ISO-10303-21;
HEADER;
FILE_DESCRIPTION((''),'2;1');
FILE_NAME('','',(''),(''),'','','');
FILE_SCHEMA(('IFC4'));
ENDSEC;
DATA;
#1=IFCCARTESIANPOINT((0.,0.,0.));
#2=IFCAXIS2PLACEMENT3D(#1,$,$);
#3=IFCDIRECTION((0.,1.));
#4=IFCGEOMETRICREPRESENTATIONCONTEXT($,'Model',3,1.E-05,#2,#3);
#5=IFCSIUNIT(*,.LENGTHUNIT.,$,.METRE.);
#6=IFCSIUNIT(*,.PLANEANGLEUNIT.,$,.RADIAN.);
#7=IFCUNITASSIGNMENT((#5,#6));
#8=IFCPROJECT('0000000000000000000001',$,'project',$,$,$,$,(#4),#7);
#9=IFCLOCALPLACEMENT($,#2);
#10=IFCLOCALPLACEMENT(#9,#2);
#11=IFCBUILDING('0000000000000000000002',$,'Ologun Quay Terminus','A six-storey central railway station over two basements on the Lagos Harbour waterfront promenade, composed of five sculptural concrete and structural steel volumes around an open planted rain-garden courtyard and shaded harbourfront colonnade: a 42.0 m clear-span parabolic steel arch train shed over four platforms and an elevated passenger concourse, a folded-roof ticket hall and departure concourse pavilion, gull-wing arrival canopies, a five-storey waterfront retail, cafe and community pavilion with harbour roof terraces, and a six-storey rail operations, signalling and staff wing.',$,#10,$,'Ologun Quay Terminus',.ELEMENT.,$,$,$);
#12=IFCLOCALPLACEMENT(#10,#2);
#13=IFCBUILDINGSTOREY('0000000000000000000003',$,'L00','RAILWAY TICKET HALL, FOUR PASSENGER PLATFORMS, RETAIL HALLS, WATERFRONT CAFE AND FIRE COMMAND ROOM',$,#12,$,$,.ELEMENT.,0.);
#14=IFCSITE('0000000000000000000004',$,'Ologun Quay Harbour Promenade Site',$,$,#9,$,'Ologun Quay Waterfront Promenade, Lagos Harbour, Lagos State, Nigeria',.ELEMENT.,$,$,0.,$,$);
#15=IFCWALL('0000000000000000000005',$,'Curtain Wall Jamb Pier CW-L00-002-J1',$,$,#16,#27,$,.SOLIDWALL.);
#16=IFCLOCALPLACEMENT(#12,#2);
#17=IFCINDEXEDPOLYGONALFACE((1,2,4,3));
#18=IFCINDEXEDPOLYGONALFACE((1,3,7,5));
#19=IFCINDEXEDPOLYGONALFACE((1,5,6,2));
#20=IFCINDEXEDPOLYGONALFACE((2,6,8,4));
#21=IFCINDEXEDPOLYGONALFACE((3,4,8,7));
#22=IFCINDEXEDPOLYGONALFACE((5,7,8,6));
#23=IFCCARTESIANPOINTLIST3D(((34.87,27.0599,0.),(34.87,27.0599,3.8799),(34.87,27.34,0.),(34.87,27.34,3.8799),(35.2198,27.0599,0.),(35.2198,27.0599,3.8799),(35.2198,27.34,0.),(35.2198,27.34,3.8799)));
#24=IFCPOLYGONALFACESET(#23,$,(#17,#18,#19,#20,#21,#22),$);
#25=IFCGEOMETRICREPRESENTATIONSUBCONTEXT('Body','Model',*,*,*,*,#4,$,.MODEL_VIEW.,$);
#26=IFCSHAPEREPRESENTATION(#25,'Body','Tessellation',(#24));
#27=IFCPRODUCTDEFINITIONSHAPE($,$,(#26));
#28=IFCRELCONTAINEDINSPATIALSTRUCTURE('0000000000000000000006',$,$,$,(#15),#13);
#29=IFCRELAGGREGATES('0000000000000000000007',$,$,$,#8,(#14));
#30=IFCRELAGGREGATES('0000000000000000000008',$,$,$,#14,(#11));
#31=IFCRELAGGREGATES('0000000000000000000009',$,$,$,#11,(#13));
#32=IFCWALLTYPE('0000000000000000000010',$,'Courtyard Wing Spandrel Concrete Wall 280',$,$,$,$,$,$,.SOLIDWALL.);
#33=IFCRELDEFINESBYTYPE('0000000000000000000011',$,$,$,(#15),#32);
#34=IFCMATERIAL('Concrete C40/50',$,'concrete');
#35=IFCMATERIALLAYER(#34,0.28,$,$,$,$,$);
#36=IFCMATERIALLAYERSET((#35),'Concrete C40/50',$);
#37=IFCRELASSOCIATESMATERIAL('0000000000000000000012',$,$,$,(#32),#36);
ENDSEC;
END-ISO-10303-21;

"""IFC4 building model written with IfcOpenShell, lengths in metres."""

from ifc_helpers import new_model, si_unit, direction, frame, frame_2d, origin, place, context, subcontext, project, spatial, rectangle, extrude, material, layer, layer_set, type_object, element, save


model = new_model("IFC4")

# Units and contexts
model_context = context("Model", 3, precision=1e-05, world=origin(), true_north=direction((0.0, 1.0)))
body_context = subcontext(model_context, "Body", "Model", "MODEL_VIEW")
ifc_project = project(units=[si_unit("LENGTHUNIT", "METRE"), si_unit("PLANEANGLEUNIT", "RADIAN")], contexts=[model_context])

# Site, building, storey
site_placement = place(None, origin())
site = spatial("IfcSite", under=ifc_project, at=site_placement, Name="Ologun Quay Harbour Promenade Site", LongName="Ologun Quay Waterfront Promenade, Lagos Harbour, Lagos State, Nigeria", CompositionType="ELEMENT", RefElevation=0.0)
building_placement = place(site_placement, origin())
building = spatial("IfcBuilding", under=site, at=building_placement, Name="Ologun Quay Terminus", Description="A six-storey central railway station over two basements on the Lagos Harbour waterfront promenade, composed of five sculptural concrete and structural steel volumes around an open planted rain-garden courtyard and shaded harbourfront colonnade: a 42.0 m clear-span parabolic steel arch train shed over four platforms and an elevated passenger concourse, a folded-roof ticket hall and departure concourse pavilion, gull-wing arrival canopies, a five-storey waterfront retail, cafe and community pavilion with harbour roof terraces, and a six-storey rail operations, signalling and staff wing.", LongName="Ologun Quay Terminus", CompositionType="ELEMENT")
storey_placement = place(building_placement, origin())
storey = spatial("IfcBuildingStorey", under=building, at=storey_placement, Name="L00", Description="RAILWAY TICKET HALL, FOUR PASSENGER PLATFORMS, RETAIL HALLS, WATERFRONT CAFE AND FIRE COMMAND ROOM", CompositionType="ELEMENT", Elevation=0.0)

# Wall
ifc_material_1 = material(Name="Concrete C40/50", Category="concrete")
ifc_layer_1 = layer(ifc_material_1, 0.28)
ifc_layer_set_1 = layer_set([ifc_layer_1], Name="Concrete C40/50")
wall_type_1 = type_object("IfcWallType", Name="Courtyard Wing Spandrel Concrete Wall 280", PredefinedType="SOLIDWALL", material=ifc_layer_set_1)
for number, where, z_axis, x_axis, name in (
    (1, (34.8701, 27.2, 0.0), (0.0, 0.0, 1.0), (1.0, 0.0, 0.0), "Curtain Wall Jamb Pier CW-L00-002-J1"),
):
    element("IfcWall", number, at=place(storey_placement, frame(where, z_axis=z_axis, x_axis=x_axis)), inside=storey, type_object=wall_type_1, Name=name, PredefinedType="SOLIDWALL", context=body_context, shape_type="SweptSolid", body=[
        extrude(rectangle(XDim=0.3499, YDim=0.28, at=frame_2d((0.1748, 0.0))), origin(), (0.0, 0.0, 1.0), 3.8799),
    ])

save(model, "model.ifc")
